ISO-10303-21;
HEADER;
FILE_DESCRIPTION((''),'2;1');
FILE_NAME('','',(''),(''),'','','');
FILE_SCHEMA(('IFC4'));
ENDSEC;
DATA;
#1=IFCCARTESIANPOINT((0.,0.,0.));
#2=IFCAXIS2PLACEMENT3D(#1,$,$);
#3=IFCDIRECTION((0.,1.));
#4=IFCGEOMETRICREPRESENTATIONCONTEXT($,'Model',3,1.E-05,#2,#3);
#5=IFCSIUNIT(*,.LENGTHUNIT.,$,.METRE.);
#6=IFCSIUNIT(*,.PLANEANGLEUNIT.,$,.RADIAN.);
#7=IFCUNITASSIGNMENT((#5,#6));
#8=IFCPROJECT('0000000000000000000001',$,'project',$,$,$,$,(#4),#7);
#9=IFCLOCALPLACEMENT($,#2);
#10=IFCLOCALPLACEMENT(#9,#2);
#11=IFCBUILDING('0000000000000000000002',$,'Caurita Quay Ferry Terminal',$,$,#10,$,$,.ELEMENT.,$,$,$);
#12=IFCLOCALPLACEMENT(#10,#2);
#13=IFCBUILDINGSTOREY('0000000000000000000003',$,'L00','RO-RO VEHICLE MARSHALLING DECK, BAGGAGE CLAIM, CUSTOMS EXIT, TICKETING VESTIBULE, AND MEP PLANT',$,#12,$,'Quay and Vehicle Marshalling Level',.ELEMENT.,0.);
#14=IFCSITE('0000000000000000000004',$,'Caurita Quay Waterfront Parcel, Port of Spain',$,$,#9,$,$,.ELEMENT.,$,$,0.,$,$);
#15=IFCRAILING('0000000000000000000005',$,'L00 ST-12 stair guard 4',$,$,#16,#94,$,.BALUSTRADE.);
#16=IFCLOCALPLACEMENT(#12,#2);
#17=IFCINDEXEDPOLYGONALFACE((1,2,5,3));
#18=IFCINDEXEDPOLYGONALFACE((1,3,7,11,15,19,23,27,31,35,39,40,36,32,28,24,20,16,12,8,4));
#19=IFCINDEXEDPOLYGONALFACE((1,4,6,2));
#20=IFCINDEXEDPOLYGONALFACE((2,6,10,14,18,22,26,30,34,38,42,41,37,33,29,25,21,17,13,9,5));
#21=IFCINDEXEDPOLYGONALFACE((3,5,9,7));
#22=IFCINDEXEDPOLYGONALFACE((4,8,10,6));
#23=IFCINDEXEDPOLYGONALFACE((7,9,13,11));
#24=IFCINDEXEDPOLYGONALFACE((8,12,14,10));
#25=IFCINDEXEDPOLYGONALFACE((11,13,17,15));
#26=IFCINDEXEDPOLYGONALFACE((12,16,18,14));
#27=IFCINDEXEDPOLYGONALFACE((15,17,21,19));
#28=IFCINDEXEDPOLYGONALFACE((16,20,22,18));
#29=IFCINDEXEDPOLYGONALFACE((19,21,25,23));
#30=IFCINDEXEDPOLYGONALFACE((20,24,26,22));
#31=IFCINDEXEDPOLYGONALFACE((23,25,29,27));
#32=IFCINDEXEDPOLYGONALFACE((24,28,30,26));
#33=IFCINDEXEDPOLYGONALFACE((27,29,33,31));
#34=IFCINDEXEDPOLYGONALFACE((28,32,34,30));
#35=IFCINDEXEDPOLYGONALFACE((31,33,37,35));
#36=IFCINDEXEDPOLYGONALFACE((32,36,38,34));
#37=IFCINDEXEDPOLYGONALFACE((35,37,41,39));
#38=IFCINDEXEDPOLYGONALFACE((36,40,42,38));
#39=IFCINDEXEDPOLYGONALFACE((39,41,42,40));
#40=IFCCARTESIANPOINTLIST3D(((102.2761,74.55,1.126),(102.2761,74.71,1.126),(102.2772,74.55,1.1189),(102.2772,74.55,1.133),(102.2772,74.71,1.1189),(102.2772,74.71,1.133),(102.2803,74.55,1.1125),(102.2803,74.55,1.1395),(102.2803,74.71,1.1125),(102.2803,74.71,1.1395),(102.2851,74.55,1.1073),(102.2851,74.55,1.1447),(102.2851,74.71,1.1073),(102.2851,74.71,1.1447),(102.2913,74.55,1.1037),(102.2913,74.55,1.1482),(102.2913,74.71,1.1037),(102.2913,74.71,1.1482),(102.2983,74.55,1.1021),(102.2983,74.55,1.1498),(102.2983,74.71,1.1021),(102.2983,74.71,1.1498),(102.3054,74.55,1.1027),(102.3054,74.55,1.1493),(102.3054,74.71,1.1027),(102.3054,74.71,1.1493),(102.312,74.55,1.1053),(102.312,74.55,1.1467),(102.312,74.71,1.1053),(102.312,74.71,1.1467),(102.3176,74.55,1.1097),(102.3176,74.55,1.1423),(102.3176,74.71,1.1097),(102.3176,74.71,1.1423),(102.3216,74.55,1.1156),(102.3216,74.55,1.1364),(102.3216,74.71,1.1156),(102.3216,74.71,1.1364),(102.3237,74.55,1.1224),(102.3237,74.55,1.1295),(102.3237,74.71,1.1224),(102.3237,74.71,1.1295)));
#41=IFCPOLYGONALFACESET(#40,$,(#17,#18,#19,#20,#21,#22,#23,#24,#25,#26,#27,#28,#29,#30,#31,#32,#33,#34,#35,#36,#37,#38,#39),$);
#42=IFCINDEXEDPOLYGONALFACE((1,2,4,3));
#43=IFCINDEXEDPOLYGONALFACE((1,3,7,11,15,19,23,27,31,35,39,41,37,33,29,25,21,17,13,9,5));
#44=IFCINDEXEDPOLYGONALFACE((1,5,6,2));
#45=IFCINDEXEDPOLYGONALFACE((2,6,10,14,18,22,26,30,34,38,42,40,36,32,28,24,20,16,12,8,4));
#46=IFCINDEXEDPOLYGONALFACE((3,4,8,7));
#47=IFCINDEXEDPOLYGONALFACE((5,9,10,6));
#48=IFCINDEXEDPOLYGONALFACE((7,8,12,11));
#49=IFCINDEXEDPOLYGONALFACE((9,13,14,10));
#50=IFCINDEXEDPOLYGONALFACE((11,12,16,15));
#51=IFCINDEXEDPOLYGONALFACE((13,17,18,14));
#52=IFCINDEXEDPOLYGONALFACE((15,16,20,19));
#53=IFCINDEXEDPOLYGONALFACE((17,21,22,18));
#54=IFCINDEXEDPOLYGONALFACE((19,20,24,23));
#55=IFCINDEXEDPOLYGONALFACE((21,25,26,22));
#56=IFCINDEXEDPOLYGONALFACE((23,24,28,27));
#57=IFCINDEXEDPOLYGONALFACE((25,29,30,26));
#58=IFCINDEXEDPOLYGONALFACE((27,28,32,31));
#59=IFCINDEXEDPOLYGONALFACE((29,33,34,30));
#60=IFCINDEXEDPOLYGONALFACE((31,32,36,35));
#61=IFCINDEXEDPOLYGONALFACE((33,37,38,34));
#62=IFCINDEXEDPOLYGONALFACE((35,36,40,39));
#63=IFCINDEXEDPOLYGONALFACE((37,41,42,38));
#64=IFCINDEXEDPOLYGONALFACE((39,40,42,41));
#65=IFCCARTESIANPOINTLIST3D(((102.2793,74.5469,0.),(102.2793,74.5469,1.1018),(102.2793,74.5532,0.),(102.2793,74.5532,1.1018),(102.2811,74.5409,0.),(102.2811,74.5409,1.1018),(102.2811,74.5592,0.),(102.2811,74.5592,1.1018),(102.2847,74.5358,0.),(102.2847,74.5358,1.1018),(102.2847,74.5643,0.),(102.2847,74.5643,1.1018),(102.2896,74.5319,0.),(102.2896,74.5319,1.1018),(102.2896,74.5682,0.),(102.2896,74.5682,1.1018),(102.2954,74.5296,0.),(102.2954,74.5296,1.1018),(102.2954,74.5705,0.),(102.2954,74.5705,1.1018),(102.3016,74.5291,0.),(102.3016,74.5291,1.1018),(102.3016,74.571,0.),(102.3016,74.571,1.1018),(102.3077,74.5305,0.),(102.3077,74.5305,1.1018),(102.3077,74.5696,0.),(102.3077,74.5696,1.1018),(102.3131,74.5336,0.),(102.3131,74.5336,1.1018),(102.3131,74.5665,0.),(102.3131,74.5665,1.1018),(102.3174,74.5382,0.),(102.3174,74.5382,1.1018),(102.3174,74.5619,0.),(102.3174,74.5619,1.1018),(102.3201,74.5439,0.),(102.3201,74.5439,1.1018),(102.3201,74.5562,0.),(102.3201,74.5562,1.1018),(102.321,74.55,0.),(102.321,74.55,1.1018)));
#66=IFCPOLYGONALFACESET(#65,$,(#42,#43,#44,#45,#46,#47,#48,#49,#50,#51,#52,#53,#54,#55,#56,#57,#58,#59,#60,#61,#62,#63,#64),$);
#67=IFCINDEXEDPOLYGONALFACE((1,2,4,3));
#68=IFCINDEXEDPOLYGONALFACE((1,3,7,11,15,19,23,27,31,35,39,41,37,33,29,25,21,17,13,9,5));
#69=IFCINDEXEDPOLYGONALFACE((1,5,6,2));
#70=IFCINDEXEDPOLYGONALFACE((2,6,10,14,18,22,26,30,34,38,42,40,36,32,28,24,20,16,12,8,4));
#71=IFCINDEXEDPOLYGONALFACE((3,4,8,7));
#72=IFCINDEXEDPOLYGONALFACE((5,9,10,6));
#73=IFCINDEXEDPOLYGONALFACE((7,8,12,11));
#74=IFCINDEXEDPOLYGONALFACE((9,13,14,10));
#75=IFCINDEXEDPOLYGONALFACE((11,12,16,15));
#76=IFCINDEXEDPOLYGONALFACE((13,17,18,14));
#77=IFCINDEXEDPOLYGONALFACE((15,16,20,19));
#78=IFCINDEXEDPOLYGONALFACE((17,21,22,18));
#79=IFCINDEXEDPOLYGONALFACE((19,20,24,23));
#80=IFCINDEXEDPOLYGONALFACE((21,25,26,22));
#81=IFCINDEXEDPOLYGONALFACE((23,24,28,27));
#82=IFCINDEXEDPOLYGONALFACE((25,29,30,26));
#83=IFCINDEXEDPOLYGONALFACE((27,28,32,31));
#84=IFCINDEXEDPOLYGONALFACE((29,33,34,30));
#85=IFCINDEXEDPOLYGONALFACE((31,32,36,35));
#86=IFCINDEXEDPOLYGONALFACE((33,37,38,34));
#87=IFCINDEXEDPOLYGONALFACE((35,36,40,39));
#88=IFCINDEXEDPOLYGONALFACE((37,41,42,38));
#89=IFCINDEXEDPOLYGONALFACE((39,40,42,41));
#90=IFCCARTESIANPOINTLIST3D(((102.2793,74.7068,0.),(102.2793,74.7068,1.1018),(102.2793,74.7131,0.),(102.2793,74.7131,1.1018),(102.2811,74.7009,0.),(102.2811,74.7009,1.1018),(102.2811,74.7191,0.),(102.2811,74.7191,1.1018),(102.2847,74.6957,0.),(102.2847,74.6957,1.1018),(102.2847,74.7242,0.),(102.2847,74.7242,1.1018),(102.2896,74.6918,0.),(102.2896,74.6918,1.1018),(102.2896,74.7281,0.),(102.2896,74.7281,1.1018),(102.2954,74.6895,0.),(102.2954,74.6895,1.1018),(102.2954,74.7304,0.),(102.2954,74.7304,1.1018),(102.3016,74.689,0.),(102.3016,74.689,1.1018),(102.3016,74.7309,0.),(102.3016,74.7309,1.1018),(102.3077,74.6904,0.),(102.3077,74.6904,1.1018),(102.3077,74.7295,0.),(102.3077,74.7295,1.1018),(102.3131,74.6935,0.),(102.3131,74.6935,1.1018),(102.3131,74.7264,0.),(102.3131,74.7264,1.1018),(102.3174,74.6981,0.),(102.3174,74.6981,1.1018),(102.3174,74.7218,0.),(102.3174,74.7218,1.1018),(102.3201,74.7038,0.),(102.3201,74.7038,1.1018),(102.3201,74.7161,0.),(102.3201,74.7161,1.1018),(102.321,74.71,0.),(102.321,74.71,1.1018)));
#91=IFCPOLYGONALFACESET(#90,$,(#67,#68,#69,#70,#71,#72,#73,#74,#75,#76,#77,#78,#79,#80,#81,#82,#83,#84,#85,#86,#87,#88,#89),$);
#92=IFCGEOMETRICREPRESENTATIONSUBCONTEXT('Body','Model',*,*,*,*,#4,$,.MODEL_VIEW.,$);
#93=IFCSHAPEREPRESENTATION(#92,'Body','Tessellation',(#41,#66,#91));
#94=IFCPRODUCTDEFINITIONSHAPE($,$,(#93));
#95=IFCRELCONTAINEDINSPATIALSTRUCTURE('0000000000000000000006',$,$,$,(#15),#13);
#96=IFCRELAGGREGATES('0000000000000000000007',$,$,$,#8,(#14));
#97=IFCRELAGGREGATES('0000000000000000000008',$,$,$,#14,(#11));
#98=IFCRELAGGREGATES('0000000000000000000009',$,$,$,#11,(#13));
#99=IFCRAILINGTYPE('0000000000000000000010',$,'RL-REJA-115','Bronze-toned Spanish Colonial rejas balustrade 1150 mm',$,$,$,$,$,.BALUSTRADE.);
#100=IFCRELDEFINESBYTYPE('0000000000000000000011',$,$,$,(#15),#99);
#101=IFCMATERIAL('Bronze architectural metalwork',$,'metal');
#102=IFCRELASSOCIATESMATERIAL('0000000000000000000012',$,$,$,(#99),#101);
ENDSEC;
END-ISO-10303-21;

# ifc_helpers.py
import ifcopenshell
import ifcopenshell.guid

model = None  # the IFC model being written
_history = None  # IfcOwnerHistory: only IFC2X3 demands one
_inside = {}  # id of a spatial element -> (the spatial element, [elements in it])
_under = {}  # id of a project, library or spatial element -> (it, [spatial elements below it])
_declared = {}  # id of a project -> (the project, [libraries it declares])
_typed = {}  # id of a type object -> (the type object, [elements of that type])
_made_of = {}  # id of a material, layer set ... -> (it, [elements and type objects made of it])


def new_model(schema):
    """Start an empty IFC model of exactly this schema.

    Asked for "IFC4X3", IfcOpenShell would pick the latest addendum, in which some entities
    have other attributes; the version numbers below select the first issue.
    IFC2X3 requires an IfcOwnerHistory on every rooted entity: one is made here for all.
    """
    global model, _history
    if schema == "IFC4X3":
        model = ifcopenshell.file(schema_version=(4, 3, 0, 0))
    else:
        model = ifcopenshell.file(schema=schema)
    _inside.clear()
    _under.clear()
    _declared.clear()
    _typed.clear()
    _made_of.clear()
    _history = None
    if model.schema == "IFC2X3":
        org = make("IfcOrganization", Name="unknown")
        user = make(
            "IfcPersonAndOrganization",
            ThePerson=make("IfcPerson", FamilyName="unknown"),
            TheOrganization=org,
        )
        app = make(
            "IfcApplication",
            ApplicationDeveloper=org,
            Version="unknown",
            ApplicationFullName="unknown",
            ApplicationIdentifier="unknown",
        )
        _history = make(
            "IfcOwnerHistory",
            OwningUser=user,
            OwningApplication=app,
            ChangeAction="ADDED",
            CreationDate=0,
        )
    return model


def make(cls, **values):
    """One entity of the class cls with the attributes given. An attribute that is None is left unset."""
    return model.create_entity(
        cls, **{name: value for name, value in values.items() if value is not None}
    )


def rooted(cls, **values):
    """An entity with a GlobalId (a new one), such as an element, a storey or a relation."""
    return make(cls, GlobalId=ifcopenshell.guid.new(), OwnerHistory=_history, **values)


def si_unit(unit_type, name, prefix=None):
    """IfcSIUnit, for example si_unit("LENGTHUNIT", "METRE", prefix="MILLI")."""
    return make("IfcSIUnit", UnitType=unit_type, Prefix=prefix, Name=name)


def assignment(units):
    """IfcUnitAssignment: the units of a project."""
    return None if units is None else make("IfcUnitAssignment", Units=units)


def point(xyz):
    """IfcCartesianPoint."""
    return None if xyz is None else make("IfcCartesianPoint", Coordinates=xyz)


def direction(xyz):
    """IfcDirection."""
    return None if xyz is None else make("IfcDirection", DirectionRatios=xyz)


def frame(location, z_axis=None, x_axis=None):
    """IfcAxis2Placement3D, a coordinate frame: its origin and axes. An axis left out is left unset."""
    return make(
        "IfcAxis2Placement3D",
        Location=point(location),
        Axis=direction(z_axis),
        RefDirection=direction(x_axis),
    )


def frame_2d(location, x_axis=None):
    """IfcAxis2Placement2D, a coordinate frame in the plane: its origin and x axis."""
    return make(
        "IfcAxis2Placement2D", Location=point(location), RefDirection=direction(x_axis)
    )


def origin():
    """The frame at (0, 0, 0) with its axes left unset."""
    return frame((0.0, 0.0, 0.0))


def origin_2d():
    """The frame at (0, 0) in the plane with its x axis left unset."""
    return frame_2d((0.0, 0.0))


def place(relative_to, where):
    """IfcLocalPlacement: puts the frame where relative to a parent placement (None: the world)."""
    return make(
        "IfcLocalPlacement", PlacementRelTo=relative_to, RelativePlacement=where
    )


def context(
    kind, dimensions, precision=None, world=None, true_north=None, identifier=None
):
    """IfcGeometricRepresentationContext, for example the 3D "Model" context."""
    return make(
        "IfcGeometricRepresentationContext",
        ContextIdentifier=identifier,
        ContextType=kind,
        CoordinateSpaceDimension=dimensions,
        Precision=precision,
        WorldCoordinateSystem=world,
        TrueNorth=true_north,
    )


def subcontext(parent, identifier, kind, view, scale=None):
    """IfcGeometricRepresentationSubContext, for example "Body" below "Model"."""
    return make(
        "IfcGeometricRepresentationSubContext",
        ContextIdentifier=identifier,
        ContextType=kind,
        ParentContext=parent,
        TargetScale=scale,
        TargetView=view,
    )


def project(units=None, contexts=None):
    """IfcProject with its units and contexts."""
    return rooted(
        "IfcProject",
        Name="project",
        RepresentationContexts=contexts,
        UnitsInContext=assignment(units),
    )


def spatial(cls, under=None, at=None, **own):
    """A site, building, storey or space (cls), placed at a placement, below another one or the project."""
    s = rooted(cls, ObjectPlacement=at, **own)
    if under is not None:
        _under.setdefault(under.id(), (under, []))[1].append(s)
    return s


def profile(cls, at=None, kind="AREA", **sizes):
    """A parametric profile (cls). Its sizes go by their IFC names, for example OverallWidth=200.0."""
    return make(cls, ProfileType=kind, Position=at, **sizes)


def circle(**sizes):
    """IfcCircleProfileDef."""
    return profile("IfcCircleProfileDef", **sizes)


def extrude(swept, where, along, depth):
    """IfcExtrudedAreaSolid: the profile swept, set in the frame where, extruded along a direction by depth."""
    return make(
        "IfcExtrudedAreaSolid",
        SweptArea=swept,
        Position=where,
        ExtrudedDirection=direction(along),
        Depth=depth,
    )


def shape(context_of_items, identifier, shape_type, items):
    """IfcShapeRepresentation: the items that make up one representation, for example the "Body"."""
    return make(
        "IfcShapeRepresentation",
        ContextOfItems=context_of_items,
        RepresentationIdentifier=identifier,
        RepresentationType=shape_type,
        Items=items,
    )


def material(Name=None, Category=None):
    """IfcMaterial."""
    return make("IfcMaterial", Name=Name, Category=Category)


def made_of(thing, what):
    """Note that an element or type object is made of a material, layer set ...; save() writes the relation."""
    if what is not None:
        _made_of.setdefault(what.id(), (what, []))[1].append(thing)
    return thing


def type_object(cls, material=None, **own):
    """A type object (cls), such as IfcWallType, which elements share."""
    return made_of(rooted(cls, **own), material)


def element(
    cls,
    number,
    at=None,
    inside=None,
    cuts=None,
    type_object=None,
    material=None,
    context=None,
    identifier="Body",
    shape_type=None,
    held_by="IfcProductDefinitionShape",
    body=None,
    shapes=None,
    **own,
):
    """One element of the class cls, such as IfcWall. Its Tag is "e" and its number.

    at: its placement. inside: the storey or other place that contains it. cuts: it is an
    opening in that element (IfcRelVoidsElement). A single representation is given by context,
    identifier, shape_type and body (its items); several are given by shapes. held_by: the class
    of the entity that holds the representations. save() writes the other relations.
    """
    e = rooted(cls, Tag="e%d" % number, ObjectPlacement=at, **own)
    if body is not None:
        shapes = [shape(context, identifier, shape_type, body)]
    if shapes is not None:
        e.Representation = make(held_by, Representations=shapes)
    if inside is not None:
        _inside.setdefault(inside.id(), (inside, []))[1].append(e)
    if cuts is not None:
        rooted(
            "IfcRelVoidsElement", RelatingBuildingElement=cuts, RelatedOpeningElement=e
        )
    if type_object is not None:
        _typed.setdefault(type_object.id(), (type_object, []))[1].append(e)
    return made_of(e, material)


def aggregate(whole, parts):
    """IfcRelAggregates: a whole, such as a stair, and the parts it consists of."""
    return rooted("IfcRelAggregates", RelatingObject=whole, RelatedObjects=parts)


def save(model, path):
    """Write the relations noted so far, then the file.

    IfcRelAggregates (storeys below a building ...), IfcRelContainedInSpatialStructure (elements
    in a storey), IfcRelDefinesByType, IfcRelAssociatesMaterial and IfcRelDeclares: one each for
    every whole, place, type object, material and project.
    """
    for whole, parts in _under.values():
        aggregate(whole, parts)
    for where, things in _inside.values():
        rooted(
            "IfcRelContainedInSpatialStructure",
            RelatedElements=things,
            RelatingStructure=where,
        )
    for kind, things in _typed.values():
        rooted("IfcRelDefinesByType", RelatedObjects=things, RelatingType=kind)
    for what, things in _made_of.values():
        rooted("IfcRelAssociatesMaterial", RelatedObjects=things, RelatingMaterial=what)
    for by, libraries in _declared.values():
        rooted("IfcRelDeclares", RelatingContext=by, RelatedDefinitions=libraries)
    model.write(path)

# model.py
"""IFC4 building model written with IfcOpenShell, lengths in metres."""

from ifc_helpers import new_model, si_unit, direction, frame, origin, origin_2d, place, context, subcontext, project, spatial, circle, extrude, material, type_object, element, save


model = new_model("IFC4")

# Units and contexts
model_context = context("Model", 3, precision=1e-05, world=origin(), true_north=direction((0.0, 1.0)))
body_context = subcontext(model_context, "Body", "Model", "MODEL_VIEW")
ifc_project = project(units=[si_unit("LENGTHUNIT", "METRE"), si_unit("PLANEANGLEUNIT", "RADIAN")], contexts=[model_context])

# Site, building, storey
site_placement = place(None, origin())
site = spatial("IfcSite", under=ifc_project, at=site_placement, Name="Caurita Quay Waterfront Parcel, Port of Spain", CompositionType="ELEMENT", RefElevation=0.0)
building_placement = place(site_placement, origin())
building = spatial("IfcBuilding", under=site, at=building_placement, Name="Caurita Quay Ferry Terminal", CompositionType="ELEMENT")
storey_placement = place(building_placement, origin())
storey = spatial("IfcBuildingStorey", under=building, at=storey_placement, Name="L00", Description="RO-RO VEHICLE MARSHALLING DECK, BAGGAGE CLAIM, CUSTOMS EXIT, TICKETING VESTIBULE, AND MEP PLANT", LongName="Quay and Vehicle Marshalling Level", CompositionType="ELEMENT", Elevation=0.0)

# Railing
ifc_material_1 = material(Name="Bronze architectural metalwork", Category="metal")
railing_type_1 = type_object("IfcRailingType", Name="RL-REJA-115", Description="Bronze-toned Spanish Colonial rejas balustrade 1150 mm", PredefinedType="BALUSTRADE", material=ifc_material_1)
railing_1_placement = place(storey_placement, frame((102.3, 74.55, 0.0)))
element("IfcRailing", 1, at=railing_1_placement, inside=storey, type_object=railing_type_1, Name="L00 ST-12 stair guard 4", PredefinedType="BALUSTRADE", context=body_context, shape_type="SweptSolid", body=[
    extrude(circle(Radius=0.0239, at=origin_2d()), frame((0.0, 0.0, 1.126), z_axis=(0.0, 1.0, 0.0), x_axis=(-1.0, 0.0, 0.0)), (0.0, 0.0, 1.0), 0.1599),
    extrude(circle(Radius=0.021, at=origin_2d()), origin(), (0.0, 0.0, 1.0), 1.1018),
    extrude(circle(Radius=0.021, at=origin_2d()), frame((0.0, 0.1599, 0.0)), (0.0, 0.0, 1.0), 1.1018),
])

save(model, "model.ifc")
